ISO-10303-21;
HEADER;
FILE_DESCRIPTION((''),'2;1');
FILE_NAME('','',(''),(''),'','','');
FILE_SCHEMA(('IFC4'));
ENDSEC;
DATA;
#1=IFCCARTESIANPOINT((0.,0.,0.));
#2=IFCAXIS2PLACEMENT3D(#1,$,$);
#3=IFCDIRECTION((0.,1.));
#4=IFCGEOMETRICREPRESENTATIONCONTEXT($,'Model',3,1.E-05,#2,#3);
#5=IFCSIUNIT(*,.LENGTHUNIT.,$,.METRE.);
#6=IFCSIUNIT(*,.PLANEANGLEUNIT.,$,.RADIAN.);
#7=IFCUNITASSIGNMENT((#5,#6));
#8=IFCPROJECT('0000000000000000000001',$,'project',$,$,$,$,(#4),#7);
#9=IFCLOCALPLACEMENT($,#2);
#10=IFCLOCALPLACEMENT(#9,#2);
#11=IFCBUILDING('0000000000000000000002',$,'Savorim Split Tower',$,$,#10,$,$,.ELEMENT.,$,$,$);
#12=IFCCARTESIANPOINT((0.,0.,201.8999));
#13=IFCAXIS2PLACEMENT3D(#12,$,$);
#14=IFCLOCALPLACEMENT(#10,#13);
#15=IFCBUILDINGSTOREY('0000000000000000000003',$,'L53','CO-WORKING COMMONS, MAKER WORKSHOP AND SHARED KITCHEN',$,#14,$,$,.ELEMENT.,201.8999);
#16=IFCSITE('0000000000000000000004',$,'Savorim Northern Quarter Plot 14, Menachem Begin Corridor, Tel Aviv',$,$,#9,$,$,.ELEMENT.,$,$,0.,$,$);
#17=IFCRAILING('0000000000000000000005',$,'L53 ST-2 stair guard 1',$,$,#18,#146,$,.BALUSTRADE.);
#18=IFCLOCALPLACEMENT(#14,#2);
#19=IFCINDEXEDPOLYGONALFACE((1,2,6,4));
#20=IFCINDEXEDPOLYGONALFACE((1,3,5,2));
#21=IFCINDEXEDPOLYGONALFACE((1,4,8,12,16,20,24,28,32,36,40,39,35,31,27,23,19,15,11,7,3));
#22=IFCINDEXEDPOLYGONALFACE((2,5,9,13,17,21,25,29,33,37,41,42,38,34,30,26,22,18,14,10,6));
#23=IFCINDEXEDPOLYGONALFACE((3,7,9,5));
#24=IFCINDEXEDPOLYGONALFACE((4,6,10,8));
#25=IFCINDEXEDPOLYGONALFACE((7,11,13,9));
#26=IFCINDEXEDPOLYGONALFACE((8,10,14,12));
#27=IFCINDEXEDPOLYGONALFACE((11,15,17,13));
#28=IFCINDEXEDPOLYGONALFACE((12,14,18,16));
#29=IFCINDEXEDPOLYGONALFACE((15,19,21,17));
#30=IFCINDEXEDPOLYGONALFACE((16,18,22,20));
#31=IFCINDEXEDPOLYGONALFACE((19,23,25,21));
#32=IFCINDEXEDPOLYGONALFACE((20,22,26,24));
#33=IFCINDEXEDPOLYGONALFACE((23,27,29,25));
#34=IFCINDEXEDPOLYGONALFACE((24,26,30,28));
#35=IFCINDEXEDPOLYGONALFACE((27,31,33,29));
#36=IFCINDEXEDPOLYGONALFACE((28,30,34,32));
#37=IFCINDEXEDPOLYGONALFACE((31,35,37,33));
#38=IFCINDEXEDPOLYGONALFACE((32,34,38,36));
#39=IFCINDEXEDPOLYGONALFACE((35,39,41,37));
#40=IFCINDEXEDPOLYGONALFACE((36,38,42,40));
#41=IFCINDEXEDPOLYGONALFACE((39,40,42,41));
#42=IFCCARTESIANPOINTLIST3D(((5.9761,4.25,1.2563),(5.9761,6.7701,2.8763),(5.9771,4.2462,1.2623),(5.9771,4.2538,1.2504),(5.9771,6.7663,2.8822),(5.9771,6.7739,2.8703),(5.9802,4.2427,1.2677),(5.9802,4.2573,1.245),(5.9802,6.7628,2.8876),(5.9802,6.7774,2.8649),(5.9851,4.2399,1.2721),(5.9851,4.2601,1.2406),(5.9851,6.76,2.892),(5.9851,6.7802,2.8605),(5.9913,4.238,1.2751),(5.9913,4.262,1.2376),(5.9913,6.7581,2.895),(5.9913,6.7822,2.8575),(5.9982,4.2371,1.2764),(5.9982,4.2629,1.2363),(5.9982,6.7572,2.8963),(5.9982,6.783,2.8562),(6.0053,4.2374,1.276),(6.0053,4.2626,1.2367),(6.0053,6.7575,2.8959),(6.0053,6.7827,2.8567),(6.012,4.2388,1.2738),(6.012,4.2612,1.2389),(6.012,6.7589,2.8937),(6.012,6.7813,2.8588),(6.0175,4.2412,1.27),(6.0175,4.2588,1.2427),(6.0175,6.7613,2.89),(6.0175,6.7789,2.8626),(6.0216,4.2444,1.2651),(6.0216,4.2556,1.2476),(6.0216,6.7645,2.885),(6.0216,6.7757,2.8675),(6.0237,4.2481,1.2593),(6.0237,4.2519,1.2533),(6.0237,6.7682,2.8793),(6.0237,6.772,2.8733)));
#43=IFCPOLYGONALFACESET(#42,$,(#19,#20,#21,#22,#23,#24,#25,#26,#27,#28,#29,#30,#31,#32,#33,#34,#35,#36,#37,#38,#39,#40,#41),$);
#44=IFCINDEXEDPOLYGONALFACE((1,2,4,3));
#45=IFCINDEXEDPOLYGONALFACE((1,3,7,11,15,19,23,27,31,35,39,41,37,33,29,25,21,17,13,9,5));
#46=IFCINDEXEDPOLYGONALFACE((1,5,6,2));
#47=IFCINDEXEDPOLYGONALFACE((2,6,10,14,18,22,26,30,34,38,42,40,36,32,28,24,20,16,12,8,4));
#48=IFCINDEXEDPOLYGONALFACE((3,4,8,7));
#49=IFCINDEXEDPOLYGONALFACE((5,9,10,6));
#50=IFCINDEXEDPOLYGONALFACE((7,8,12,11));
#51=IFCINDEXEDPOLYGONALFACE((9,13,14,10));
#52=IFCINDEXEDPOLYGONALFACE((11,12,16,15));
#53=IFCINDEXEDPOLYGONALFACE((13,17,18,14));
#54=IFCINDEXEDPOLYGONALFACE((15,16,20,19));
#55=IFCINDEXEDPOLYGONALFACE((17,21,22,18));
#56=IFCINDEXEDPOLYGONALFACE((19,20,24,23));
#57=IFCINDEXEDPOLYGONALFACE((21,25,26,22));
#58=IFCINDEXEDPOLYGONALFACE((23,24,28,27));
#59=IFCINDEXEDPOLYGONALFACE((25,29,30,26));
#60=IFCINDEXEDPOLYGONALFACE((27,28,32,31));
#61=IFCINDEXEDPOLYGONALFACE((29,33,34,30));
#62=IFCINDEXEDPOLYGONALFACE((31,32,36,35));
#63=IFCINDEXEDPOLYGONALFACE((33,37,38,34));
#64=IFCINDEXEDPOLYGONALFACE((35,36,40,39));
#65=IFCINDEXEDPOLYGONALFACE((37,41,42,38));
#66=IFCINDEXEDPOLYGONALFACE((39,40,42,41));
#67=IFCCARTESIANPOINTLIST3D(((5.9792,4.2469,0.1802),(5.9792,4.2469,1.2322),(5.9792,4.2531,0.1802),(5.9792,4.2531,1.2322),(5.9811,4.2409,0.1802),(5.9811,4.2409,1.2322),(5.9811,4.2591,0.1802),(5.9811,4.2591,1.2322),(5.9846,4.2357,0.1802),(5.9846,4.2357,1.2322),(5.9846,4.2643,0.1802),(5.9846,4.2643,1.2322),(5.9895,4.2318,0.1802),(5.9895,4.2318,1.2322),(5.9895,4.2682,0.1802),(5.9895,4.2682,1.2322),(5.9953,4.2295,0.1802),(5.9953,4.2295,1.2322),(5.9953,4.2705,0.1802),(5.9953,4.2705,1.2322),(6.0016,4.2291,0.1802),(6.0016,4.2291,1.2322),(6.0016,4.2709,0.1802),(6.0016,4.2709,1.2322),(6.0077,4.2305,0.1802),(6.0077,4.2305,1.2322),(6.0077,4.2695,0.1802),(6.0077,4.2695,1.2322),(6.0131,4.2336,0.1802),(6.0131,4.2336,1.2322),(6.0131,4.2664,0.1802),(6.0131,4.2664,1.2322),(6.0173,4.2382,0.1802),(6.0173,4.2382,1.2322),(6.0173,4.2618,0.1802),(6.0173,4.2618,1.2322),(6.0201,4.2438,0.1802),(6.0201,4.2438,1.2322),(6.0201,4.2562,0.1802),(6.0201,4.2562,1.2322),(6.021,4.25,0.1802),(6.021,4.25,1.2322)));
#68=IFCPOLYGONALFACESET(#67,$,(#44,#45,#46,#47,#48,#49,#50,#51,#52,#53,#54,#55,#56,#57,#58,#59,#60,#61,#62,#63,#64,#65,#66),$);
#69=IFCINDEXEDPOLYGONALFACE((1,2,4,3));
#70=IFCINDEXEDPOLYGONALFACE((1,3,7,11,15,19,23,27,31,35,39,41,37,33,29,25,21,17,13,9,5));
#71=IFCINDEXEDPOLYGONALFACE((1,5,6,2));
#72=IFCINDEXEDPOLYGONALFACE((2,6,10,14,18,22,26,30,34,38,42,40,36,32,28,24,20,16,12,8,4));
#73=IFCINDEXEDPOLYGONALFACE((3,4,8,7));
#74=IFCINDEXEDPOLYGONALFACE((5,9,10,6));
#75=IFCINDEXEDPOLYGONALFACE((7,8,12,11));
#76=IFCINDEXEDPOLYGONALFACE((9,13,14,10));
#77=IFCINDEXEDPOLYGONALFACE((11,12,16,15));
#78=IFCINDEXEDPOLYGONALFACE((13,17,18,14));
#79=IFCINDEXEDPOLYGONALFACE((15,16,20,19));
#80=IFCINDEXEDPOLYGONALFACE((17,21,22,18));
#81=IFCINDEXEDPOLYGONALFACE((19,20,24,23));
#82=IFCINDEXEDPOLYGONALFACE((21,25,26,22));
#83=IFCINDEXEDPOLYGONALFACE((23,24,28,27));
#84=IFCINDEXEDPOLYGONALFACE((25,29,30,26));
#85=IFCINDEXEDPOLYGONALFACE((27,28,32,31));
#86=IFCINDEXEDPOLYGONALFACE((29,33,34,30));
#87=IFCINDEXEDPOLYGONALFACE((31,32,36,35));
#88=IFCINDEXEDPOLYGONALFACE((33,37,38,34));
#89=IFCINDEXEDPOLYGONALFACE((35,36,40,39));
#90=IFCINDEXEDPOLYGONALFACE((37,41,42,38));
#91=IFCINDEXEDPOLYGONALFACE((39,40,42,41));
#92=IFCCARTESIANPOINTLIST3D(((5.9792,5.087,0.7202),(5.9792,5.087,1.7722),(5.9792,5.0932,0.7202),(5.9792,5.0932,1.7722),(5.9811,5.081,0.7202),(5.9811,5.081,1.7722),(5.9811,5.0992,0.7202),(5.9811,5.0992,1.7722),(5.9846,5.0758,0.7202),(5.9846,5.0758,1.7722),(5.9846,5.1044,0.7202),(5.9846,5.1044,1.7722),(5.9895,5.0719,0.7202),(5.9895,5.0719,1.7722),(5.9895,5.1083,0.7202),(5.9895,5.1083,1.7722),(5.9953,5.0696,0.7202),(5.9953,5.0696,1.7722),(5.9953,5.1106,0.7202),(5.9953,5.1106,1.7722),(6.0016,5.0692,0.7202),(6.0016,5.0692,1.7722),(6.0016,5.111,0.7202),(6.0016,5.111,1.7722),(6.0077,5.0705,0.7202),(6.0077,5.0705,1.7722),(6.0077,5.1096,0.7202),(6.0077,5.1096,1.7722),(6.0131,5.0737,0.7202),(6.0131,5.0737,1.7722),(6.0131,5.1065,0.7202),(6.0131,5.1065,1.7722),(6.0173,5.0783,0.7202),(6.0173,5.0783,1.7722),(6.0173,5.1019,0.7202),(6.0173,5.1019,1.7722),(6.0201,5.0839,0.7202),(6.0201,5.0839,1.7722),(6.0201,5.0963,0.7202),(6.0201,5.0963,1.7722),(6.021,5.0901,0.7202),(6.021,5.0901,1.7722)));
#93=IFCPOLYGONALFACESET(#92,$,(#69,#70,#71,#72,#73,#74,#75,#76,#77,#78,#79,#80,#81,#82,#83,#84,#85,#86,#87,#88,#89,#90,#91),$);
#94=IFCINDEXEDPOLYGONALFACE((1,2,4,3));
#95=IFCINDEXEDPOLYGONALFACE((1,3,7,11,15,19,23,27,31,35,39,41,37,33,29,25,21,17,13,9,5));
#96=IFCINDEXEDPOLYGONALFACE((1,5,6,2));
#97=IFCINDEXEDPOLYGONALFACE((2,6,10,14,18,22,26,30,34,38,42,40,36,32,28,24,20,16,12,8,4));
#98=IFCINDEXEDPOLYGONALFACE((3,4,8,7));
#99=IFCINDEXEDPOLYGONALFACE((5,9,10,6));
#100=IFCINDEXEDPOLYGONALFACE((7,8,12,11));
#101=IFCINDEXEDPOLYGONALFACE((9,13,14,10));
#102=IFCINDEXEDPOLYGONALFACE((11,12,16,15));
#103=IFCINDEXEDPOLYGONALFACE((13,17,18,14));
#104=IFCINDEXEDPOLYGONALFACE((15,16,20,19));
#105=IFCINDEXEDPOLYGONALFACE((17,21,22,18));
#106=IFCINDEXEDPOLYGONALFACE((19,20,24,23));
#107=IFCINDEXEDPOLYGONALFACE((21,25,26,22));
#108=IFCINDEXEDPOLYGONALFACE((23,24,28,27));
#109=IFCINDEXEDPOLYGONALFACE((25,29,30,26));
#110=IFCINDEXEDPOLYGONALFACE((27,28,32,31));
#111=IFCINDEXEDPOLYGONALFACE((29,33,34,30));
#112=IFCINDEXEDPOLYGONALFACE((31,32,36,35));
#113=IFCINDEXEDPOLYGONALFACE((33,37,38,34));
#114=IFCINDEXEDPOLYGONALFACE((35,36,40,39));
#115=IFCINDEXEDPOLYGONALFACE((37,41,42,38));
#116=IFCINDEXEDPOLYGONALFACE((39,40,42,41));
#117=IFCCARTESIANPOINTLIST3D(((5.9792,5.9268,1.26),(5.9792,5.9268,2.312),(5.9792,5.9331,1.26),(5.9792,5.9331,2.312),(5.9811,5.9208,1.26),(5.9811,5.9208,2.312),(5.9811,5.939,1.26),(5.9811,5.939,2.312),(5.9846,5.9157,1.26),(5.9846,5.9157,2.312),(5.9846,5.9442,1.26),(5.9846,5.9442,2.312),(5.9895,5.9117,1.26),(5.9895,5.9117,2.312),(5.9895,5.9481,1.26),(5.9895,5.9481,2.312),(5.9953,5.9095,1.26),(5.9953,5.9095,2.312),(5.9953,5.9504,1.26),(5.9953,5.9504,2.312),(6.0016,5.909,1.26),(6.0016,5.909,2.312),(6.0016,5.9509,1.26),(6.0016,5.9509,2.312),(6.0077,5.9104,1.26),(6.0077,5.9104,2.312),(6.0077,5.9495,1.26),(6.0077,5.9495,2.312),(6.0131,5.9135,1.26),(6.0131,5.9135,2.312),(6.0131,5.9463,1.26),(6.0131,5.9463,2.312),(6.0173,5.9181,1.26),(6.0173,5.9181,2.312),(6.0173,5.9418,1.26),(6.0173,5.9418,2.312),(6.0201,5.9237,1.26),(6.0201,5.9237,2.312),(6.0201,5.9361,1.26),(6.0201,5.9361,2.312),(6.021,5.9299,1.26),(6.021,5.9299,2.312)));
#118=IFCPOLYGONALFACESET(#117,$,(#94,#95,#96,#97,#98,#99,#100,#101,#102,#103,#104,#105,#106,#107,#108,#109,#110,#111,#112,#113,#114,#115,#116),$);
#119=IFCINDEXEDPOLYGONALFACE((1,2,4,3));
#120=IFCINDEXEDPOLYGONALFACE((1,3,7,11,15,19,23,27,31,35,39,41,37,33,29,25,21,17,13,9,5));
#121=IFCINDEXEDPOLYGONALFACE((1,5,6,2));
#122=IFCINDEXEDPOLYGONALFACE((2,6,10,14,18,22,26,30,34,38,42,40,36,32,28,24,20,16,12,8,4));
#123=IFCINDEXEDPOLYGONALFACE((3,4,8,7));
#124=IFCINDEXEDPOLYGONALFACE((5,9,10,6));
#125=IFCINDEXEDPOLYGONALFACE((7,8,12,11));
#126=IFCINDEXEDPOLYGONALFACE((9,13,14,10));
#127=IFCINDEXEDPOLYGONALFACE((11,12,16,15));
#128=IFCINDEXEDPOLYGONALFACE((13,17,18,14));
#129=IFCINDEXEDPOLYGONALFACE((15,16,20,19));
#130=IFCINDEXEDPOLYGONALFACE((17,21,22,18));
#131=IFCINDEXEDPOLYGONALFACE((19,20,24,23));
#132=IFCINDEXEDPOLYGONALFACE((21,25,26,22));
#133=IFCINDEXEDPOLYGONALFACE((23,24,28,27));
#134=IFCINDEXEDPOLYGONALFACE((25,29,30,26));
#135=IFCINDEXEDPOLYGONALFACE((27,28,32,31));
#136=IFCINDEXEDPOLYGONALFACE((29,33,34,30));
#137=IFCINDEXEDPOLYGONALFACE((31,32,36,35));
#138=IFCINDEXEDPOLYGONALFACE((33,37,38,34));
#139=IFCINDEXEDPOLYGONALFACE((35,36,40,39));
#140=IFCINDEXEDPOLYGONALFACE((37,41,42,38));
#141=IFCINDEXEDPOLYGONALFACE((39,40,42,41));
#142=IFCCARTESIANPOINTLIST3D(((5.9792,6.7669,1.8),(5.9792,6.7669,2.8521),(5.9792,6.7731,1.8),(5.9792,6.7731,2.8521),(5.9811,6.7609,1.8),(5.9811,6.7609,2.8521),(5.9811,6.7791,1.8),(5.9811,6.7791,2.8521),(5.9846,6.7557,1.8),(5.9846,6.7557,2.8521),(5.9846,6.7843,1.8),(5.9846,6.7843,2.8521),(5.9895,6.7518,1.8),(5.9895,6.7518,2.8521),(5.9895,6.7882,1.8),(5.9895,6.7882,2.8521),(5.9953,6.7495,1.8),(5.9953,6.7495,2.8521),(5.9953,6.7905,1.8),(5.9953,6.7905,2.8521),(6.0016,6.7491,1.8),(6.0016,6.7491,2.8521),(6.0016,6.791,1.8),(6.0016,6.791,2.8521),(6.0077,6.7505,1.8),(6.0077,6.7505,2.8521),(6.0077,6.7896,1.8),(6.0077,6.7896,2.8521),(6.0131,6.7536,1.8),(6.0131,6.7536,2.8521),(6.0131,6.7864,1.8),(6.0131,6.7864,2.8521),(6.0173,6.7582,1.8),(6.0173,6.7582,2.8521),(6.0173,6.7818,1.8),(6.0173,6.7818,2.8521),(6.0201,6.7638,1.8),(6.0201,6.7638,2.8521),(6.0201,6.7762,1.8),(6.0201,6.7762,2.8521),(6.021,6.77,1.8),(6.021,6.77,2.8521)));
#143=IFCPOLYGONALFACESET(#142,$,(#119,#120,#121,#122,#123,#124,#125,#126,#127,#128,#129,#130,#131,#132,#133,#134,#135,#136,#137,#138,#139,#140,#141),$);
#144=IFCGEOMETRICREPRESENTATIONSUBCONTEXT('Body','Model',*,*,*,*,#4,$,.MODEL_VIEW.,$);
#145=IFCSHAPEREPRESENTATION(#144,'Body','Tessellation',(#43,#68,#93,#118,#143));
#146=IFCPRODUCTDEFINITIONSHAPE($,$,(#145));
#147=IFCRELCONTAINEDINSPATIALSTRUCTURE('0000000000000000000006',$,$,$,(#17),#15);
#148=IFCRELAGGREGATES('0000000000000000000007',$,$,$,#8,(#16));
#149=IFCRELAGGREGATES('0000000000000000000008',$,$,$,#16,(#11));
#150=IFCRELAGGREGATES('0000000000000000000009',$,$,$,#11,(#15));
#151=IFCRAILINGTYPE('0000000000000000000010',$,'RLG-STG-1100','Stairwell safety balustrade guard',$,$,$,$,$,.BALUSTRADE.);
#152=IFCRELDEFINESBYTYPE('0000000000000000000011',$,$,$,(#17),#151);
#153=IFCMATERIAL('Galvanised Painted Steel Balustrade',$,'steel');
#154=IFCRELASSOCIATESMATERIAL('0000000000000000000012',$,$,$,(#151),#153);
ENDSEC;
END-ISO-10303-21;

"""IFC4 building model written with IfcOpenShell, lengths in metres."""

from ifc_helpers import new_model, si_unit, direction, frame, origin, origin_2d, place, context, subcontext, project, spatial, circle, extrude, material, type_object, element, save


model = new_model("IFC4")

# Units and contexts
model_context = context("Model", 3, precision=1e-05, world=origin(), true_north=direction((0.0, 1.0)))
body_context = subcontext(model_context, "Body", "Model", "MODEL_VIEW")
ifc_project = project(units=[si_unit("LENGTHUNIT", "METRE"), si_unit("PLANEANGLEUNIT", "RADIAN")], contexts=[model_context])

# Site, building, storey
site_placement = place(None, origin())
site = spatial("IfcSite", under=ifc_project, at=site_placement, Name="Savorim Northern Quarter Plot 14, Menachem Begin Corridor, Tel Aviv", CompositionType="ELEMENT", RefElevation=0.0)
building_placement = place(site_placement, origin())
building = spatial("IfcBuilding", under=site, at=building_placement, Name="Savorim Split Tower", CompositionType="ELEMENT")
storey_placement = place(building_placement, frame((0.0, 0.0, 201.8999)))
storey = spatial("IfcBuildingStorey", under=building, at=storey_placement, Name="L53", Description="CO-WORKING COMMONS, MAKER WORKSHOP AND SHARED KITCHEN", CompositionType="ELEMENT", Elevation=201.8999)

# Railing
ifc_material_1 = material(Name="Galvanised Painted Steel Balustrade", Category="steel")
railing_type_1 = type_object("IfcRailingType", Name="RLG-STG-1100", Description="Stairwell safety balustrade guard", PredefinedType="BALUSTRADE", material=ifc_material_1)
railing_1_placement = place(storey_placement, frame((6.0, 4.25, 0.1802)))
element("IfcRailing", 1, at=railing_1_placement, inside=storey, type_object=railing_type_1, Name="L53 ST-2 stair guard 1", PredefinedType="BALUSTRADE", context=body_context, shape_type="SweptSolid", body=[
    extrude(circle(Radius=0.0239, at=origin_2d()), frame((0.0, 0.0, 1.0762), z_axis=(0.0, 0.8412, 0.540725), x_axis=(-1.0, 0.0, 0.0)), (0.0, 0.0, 1.0), 2.9958),
    extrude(circle(Radius=0.021, at=origin_2d()), origin(), (0.0, 0.0, 1.0), 1.052),
    extrude(circle(Radius=0.021, at=origin_2d()), frame((0.0, 0.8401, 0.54)), (0.0, 0.0, 1.0), 1.052),
    extrude(circle(Radius=0.021, at=origin_2d()), frame((0.0, 1.6799, 1.0798)), (0.0, 0.0, 1.0), 1.052),
    extrude(circle(Radius=0.021, at=origin_2d()), frame((0.0, 2.52, 1.6199)), (0.0, 0.0, 1.0), 1.052),
])

save(model, "model.ifc")
